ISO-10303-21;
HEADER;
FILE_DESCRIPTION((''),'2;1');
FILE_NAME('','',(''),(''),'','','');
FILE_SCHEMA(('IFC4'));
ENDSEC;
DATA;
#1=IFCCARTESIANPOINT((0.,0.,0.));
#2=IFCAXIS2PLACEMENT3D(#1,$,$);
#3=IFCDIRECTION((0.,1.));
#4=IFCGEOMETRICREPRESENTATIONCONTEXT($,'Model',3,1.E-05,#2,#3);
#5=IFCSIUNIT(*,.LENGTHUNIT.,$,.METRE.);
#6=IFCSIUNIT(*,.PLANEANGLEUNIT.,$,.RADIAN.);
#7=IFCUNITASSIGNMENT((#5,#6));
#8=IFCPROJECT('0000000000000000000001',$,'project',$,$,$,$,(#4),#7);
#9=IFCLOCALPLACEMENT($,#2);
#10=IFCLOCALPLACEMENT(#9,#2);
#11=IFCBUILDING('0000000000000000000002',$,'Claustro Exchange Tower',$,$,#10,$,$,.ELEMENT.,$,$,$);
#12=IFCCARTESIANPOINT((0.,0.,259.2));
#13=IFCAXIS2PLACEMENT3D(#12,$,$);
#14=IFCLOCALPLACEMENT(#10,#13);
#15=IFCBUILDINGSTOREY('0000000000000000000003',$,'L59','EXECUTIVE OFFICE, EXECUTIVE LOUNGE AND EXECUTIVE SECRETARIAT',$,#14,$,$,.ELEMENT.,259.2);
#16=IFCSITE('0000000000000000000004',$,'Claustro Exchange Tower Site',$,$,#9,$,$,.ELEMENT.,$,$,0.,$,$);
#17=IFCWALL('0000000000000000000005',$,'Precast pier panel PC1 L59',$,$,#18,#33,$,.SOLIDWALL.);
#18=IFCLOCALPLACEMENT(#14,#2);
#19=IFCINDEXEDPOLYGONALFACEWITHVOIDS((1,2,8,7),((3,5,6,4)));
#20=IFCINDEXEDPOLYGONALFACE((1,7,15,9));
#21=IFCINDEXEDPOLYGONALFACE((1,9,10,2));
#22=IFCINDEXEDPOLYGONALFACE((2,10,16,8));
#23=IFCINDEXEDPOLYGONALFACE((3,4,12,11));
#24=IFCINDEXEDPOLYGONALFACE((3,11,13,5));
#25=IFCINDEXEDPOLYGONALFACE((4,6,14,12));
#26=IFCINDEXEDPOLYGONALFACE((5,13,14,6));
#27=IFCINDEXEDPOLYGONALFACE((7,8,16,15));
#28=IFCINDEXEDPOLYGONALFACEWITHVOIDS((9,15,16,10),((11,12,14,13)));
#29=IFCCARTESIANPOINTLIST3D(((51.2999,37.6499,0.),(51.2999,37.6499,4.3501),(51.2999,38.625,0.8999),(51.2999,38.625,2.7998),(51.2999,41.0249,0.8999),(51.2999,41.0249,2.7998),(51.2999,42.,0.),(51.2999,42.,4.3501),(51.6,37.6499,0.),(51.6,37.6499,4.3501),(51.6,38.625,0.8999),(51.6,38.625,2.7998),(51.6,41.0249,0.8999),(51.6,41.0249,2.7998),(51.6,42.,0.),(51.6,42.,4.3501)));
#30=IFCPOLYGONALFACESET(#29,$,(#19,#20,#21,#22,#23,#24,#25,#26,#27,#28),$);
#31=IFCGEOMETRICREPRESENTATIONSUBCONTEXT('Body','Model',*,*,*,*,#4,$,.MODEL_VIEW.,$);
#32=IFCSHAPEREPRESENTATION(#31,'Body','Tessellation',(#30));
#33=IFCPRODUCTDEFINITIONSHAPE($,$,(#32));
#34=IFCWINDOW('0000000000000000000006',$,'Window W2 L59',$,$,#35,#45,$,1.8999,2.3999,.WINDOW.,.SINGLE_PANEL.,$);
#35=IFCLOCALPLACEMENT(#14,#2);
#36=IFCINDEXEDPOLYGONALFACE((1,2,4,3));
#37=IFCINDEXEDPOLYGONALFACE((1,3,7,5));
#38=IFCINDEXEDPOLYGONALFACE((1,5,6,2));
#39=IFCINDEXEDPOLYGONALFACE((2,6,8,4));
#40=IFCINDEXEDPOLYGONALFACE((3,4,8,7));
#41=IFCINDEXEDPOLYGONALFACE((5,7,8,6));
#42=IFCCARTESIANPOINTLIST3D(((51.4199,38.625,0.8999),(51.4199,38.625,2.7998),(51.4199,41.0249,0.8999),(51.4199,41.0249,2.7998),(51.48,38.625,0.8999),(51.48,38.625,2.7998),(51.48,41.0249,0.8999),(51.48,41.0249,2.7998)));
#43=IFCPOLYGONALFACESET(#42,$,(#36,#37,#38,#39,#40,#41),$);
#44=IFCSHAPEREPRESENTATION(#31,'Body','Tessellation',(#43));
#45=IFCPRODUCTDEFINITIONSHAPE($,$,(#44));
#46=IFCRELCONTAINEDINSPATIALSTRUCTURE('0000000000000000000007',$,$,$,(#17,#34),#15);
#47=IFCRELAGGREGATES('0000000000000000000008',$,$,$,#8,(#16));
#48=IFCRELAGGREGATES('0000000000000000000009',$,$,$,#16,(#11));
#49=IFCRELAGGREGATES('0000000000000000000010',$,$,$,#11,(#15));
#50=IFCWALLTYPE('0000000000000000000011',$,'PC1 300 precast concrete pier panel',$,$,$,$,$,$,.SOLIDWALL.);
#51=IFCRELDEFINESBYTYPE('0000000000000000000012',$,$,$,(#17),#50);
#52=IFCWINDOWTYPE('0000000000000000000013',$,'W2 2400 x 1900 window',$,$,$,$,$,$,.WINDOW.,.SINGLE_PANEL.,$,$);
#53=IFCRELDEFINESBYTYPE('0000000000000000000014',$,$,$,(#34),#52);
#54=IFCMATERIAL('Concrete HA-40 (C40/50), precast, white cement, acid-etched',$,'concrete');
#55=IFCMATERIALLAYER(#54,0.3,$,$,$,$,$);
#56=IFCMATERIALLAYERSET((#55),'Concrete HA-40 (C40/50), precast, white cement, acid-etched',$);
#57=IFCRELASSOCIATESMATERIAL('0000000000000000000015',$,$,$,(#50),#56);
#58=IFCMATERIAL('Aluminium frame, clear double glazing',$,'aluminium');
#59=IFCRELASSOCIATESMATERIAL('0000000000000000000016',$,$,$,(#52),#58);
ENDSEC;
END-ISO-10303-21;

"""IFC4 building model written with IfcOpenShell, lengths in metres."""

from ifc_helpers import new_model, si_unit, direction, frame, frame_2d, origin, place, context, subcontext, project, spatial, rectangle, extrude, material, layer, layer_set, type_object, element, fill, save


model = new_model("IFC4")

# Units and contexts
model_context = context("Model", 3, precision=1e-05, world=origin(), true_north=direction((0.0, 1.0)))
body_context = subcontext(model_context, "Body", "Model", "MODEL_VIEW")
ifc_project = project(units=[si_unit("LENGTHUNIT", "METRE"), si_unit("PLANEANGLEUNIT", "RADIAN")], contexts=[model_context])

# Site, building, storey
site_placement = place(None, origin())
site = spatial("IfcSite", under=ifc_project, at=site_placement, Name="Claustro Exchange Tower Site", CompositionType="ELEMENT", RefElevation=0.0)
building_placement = place(site_placement, origin())
building = spatial("IfcBuilding", under=site, at=building_placement, Name="Claustro Exchange Tower", CompositionType="ELEMENT")
storey_placement = place(building_placement, frame((0.0, 0.0, 259.2)))
storey = spatial("IfcBuildingStorey", under=building, at=storey_placement, Name="L59", Description="EXECUTIVE OFFICE, EXECUTIVE LOUNGE AND EXECUTIVE SECRETARIAT", CompositionType="ELEMENT", Elevation=259.2)

# Shared definitions
ifc_material_1 = material(Name="Concrete HA-40 (C40/50), precast, white cement, acid-etched", Category="concrete")
ifc_layer_1 = layer(ifc_material_1, 0.3)
ifc_layer_set_1 = layer_set([ifc_layer_1], Name="Concrete HA-40 (C40/50), precast, white cement, acid-etched")
wall_type_1 = type_object("IfcWallType", Name="PC1 300 precast concrete pier panel", PredefinedType="SOLIDWALL", material=ifc_layer_set_1)

# Wall, opening, window
wall_1_placement = place(storey_placement, frame((51.45, 42.0, 0.0), z_axis=(0.0, 0.0, 1.0), x_axis=(0.0, -1.0, 0.0)))
wall_1 = element("IfcWall", 1, at=wall_1_placement, inside=storey, type_object=wall_type_1, Name="Precast pier panel PC1 L59", PredefinedType="SOLIDWALL", context=body_context, shape_type="SweptSolid", body=[
    extrude(rectangle(XDim=4.3501, YDim=0.3, at=frame_2d((2.175, 0.0))), origin(), (0.0, 0.0, 1.0), 4.3501),
])
opening_1_placement = place(wall_1_placement, frame((0.9751, 0.0, 0.8999)))
opening_1 = element("IfcOpeningElement", 2, at=opening_1_placement, cuts=wall_1, PredefinedType="OPENING", context=body_context, shape_type="SweptSolid", body=[
    extrude(rectangle(XDim=2.3999, YDim=1.8999, at=frame_2d((1.2, 0.95))), frame((0.0, 0.1599, 0.0), z_axis=(0.0, -1.0, 0.0), x_axis=(1.0, 0.0, 0.0)), (0.0, 0.0, 1.0), 0.3201),
])
ifc_material_2 = material(Name="Aluminium frame, clear double glazing", Category="aluminium")
window_type_1 = type_object("IfcWindowType", Name="W2 2400 x 1900 window", PartitioningType="SINGLE_PANEL", PredefinedType="WINDOW", material=ifc_material_2)
window_1_placement = place(opening_1_placement, origin())
window_1 = element("IfcWindow", 3, at=window_1_placement, inside=storey, type_object=window_type_1, Name="Window W2 L59", OverallHeight=1.8999, OverallWidth=2.3999, PartitioningType="SINGLE_PANEL", PredefinedType="WINDOW", context=body_context, shape_type="SweptSolid", body=[
    extrude(rectangle(XDim=2.3999, YDim=1.8999, at=frame_2d((1.2, 0.95))), frame((0.0, 0.03, 0.0), z_axis=(0.0, -1.0, 0.0), x_axis=(1.0, 0.0, 0.0)), (0.0, 0.0, 1.0), 0.0601),
])
fill(opening_1, window_1)

save(model, "model.ifc")
